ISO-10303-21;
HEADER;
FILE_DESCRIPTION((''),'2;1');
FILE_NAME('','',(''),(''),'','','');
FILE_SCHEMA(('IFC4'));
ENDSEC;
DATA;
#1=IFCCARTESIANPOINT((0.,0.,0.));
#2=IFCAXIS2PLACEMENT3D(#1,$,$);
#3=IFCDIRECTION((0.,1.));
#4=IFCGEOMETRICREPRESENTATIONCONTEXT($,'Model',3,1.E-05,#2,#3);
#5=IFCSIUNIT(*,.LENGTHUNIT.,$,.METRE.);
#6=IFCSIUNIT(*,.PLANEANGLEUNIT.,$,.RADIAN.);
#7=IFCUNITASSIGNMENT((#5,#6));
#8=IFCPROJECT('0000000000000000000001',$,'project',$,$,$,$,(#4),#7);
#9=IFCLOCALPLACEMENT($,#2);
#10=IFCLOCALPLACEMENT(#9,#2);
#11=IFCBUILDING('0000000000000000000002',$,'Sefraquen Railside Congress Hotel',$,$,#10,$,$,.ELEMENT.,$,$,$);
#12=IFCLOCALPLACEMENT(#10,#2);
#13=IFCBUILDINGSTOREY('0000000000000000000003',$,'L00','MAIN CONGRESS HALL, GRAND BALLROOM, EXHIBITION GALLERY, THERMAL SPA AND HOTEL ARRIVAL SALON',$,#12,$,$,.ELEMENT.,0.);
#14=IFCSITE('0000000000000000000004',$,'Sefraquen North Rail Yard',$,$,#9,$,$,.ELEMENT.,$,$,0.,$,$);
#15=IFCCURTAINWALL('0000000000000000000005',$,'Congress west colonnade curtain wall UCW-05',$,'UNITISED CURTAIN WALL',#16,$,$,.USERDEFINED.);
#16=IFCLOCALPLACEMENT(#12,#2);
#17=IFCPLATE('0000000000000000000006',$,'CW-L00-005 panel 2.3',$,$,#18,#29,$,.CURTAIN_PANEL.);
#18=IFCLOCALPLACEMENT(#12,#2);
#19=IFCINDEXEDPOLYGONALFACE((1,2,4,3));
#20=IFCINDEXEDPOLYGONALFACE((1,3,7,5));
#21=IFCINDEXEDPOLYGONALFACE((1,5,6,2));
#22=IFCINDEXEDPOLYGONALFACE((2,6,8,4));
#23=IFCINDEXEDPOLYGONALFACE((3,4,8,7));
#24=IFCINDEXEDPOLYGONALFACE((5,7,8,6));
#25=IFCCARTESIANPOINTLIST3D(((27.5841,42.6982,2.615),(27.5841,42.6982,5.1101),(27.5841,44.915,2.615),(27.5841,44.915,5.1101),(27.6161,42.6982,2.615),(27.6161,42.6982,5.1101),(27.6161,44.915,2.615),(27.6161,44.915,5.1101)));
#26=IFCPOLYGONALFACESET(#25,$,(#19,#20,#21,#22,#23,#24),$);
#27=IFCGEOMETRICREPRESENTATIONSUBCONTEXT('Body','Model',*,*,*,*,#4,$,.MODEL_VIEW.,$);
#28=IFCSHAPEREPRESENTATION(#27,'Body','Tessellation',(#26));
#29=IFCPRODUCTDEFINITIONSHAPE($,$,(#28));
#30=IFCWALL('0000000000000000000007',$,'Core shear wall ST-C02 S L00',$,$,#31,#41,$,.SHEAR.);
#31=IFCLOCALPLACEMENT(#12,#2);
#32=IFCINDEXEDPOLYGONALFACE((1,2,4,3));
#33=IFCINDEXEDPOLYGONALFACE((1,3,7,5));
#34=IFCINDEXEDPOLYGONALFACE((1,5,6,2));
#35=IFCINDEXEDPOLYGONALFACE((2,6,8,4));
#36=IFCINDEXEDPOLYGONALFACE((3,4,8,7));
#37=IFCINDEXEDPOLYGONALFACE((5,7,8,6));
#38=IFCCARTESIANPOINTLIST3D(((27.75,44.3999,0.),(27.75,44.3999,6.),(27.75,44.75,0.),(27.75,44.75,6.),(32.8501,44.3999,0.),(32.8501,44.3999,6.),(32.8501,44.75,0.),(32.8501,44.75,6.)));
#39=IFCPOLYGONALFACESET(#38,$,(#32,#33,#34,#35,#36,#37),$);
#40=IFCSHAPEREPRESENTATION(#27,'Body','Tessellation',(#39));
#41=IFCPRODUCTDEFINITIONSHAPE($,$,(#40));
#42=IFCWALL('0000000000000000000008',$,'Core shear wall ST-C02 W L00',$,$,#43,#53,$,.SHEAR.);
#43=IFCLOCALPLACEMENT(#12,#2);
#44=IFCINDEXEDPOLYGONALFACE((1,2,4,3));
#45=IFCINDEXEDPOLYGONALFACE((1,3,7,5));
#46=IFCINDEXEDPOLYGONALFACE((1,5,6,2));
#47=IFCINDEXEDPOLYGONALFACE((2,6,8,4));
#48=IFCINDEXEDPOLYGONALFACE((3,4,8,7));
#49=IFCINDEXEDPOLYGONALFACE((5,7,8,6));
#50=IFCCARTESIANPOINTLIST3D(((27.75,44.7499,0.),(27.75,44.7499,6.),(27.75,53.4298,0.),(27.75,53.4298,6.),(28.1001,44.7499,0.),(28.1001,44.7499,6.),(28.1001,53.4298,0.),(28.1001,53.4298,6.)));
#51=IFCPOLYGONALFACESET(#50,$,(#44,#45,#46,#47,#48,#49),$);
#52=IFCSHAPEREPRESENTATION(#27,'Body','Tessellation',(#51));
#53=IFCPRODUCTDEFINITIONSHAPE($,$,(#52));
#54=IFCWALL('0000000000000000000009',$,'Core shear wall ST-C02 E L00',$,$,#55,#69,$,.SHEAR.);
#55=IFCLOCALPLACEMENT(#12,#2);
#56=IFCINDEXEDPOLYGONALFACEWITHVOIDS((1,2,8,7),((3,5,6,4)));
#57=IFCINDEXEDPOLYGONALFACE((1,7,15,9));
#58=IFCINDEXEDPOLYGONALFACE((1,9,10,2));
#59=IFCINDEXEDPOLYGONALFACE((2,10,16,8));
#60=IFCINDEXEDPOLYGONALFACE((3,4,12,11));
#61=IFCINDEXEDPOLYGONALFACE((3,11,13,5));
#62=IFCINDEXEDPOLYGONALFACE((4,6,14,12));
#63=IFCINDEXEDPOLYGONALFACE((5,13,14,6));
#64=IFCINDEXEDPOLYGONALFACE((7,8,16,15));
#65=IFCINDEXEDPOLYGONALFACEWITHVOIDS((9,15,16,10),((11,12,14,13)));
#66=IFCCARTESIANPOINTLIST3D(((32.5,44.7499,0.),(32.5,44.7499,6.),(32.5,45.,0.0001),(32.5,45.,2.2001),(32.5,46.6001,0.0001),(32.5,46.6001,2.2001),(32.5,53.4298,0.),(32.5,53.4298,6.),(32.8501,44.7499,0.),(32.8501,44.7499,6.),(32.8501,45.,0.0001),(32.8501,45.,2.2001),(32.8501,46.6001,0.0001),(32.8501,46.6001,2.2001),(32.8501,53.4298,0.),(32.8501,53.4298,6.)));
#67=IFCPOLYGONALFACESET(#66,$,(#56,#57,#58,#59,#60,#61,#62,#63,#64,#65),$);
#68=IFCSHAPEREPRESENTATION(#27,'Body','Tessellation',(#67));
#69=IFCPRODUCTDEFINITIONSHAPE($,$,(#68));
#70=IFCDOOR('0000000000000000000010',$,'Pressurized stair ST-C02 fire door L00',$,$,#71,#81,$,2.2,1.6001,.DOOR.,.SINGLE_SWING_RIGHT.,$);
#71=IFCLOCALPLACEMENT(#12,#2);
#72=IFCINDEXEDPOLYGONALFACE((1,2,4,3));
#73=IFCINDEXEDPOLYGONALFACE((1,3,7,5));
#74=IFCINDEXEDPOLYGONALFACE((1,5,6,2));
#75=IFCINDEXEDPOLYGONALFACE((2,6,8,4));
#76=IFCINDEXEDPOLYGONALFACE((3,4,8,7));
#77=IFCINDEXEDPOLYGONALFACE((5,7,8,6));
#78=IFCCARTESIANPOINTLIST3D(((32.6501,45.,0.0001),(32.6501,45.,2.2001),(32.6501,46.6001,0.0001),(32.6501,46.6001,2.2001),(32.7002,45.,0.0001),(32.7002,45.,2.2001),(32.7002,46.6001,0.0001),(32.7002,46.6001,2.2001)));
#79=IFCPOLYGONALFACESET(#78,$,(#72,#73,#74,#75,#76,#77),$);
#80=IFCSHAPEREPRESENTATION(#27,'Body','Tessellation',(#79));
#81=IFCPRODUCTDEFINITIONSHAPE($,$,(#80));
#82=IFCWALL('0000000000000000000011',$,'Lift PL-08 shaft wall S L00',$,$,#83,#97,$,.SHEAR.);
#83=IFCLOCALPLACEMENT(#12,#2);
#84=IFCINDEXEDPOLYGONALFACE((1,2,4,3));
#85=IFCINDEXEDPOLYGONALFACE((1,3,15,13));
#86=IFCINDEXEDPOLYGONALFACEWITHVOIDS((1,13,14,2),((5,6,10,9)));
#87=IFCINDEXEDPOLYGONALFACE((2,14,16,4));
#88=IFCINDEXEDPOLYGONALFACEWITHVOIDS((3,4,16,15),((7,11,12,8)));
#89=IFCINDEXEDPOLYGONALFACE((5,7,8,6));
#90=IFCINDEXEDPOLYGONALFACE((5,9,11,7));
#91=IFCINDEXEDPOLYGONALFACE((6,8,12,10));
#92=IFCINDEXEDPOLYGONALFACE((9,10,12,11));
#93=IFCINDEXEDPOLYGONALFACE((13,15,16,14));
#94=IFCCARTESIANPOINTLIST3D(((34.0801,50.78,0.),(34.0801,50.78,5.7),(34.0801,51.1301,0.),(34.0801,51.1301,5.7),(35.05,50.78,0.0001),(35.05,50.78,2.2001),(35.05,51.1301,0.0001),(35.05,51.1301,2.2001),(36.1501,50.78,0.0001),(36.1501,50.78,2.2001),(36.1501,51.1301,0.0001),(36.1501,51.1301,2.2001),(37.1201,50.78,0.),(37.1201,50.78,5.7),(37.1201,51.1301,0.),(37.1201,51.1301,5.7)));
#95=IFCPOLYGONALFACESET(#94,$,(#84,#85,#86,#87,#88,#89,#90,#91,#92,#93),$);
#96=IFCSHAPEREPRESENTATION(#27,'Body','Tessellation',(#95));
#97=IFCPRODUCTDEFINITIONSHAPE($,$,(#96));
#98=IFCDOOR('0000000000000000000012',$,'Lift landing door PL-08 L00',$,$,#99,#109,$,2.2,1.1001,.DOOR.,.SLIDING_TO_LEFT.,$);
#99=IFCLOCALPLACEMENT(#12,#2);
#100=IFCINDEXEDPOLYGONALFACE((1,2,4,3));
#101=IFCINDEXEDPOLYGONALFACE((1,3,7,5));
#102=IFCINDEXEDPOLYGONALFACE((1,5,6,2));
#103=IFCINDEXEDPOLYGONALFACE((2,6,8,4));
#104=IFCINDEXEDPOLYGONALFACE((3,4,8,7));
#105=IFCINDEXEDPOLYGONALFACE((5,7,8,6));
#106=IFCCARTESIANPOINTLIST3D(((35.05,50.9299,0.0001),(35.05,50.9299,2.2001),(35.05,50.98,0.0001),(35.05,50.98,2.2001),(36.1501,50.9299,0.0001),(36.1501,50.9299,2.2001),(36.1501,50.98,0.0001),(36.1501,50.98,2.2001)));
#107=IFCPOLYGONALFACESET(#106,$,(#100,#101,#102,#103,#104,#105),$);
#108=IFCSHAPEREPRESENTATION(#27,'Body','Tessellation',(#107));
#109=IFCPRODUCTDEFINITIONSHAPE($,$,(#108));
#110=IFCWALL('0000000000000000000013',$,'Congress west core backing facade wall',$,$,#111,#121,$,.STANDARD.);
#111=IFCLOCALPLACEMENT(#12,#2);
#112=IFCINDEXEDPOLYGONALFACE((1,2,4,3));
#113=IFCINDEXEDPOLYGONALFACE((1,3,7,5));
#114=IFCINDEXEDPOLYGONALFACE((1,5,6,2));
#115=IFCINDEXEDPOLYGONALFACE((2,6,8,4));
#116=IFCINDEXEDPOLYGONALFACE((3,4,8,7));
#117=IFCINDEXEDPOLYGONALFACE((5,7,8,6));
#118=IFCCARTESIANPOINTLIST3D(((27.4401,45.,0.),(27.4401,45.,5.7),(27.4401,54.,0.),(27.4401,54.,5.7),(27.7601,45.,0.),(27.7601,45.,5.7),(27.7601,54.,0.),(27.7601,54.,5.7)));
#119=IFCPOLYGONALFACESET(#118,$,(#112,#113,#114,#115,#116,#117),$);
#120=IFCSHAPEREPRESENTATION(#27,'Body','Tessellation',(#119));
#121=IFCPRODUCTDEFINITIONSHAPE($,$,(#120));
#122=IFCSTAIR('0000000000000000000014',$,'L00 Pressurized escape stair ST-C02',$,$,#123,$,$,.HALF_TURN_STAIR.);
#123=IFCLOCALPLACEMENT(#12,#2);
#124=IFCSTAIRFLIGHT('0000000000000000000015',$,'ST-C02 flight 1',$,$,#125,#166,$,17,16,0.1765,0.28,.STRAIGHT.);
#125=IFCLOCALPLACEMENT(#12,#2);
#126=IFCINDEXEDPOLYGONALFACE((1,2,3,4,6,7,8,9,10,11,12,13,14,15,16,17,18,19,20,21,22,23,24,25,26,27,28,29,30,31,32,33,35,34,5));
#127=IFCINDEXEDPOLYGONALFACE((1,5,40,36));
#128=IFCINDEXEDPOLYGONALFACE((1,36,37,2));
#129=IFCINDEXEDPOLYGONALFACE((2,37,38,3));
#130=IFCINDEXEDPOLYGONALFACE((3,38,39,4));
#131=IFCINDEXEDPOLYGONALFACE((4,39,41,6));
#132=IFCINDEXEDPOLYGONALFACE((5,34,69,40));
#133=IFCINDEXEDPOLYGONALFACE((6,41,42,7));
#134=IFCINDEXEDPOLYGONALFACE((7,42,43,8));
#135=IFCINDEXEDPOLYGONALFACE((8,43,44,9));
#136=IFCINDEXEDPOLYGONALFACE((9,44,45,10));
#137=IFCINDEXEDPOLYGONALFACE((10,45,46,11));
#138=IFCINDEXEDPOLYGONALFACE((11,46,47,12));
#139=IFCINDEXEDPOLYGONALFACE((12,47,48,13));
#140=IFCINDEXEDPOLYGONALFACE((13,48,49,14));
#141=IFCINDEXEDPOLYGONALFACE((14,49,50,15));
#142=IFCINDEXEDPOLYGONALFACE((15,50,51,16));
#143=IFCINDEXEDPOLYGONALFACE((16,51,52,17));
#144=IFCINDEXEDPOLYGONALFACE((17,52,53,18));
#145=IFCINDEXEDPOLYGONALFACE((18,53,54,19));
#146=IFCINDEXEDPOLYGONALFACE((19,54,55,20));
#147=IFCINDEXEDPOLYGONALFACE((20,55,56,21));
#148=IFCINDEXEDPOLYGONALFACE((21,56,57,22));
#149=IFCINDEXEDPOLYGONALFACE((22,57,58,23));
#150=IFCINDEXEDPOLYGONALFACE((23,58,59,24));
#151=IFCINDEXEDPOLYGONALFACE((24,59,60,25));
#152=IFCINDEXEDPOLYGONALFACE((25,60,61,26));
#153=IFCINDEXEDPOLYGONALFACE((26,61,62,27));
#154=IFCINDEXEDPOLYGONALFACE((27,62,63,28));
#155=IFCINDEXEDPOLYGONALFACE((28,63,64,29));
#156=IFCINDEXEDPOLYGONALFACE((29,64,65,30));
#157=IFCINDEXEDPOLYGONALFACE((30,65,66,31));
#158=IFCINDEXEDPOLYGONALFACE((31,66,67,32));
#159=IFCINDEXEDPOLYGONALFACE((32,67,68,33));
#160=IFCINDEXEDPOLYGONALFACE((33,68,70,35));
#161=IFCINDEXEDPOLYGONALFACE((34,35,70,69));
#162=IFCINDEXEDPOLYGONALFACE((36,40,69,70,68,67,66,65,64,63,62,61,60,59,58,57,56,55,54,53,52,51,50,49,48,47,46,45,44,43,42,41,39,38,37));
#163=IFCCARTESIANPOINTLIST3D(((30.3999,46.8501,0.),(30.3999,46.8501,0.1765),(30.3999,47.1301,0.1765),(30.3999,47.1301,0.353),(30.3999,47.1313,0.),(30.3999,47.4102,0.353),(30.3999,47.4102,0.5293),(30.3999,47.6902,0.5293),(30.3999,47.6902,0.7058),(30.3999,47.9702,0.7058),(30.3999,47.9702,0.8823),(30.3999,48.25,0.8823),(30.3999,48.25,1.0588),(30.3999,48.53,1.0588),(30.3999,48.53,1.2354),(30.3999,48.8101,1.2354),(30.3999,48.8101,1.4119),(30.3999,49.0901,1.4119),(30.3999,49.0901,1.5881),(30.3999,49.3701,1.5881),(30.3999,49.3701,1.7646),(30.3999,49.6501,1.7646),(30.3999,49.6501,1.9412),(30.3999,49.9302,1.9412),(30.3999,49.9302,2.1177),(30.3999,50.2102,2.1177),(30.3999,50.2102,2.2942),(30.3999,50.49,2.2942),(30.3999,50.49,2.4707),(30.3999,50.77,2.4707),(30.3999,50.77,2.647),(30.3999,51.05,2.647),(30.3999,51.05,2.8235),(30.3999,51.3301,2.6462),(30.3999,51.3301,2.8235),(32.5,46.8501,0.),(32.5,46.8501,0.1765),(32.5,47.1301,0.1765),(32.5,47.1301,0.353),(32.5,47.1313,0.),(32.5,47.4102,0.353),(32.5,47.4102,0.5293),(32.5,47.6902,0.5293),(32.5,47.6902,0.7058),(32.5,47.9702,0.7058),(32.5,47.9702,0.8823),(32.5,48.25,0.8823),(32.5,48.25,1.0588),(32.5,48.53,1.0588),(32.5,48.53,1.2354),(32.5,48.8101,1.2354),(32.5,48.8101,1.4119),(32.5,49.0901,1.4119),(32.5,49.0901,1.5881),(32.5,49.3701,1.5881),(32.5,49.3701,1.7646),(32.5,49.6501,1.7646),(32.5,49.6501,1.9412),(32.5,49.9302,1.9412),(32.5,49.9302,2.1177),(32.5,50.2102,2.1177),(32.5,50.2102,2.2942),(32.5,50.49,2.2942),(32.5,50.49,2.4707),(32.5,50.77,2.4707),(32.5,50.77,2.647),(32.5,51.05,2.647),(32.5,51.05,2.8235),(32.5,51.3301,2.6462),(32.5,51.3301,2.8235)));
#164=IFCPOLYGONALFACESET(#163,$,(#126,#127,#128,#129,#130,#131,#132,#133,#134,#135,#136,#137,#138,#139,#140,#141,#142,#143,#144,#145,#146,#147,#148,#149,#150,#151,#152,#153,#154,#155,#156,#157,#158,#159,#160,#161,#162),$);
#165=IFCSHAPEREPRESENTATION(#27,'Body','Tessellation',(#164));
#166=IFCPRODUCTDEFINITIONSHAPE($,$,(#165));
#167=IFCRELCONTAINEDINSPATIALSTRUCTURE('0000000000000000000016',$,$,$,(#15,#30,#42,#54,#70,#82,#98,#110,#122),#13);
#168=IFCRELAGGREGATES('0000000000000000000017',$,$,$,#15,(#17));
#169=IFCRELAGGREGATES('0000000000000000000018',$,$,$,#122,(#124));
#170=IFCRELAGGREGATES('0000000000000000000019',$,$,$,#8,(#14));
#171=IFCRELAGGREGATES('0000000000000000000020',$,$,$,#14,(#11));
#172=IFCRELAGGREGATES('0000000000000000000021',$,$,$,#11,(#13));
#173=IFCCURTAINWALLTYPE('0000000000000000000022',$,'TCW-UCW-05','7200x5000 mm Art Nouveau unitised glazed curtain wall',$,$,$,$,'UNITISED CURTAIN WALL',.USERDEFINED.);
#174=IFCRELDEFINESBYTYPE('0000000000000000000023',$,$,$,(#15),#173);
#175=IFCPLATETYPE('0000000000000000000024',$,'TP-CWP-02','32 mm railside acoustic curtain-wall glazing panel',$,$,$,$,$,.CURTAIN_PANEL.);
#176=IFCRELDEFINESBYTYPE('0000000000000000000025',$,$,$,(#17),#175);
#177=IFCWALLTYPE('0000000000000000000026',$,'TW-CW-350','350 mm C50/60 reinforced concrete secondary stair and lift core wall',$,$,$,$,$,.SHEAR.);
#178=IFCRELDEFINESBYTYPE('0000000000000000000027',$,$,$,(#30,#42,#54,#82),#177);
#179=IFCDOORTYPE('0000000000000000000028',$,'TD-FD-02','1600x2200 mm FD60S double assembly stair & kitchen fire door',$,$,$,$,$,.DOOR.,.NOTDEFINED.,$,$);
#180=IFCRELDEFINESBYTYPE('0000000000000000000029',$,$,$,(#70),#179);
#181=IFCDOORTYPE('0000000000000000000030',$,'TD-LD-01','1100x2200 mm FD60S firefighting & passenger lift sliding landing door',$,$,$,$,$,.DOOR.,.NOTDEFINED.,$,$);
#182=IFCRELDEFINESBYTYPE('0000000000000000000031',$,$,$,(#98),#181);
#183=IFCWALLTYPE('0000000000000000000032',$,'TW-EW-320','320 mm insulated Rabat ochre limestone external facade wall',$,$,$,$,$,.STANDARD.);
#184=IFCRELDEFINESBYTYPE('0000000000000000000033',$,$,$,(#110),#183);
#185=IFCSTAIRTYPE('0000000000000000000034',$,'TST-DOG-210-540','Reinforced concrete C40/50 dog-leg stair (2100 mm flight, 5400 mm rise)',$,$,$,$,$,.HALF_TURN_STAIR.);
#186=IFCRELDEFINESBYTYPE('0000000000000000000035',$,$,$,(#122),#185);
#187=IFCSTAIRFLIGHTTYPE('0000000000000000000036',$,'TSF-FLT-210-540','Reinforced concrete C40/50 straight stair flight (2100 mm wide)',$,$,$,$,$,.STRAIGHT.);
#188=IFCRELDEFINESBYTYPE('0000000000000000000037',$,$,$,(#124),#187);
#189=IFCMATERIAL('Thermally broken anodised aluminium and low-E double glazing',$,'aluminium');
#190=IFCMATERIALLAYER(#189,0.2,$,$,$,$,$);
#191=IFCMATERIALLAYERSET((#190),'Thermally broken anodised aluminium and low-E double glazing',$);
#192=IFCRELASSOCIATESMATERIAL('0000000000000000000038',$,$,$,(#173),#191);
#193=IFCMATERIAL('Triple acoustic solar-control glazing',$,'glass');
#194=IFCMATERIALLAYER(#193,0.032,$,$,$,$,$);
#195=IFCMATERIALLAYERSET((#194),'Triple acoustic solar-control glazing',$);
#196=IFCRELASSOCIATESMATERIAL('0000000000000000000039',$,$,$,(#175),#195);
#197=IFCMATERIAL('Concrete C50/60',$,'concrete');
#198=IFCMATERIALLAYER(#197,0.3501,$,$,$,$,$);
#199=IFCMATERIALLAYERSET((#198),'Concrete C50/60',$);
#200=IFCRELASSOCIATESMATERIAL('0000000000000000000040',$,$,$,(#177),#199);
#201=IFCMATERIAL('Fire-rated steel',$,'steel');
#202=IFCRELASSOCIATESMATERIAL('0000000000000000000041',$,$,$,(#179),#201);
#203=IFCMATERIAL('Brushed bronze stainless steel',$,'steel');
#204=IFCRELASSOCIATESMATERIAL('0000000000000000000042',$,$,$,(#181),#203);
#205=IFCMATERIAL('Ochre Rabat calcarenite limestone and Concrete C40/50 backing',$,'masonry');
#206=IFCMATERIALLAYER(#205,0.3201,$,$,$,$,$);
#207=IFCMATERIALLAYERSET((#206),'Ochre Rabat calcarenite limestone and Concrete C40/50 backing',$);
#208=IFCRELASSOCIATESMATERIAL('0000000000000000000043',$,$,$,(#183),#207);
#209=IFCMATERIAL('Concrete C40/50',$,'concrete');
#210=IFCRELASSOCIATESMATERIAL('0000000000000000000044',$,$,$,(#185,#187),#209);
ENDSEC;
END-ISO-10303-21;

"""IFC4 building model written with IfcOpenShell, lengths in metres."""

from ifc_helpers import new_model, si_unit, direction, frame, frame_2d, origin, origin_2d, place, context, subcontext, project, spatial, polyline, rectangle, outline, extrude, material, layer, layer_set, type_object, element, fill, aggregate, save


model = new_model("IFC4")

# Units and contexts
model_context = context("Model", 3, precision=1e-05, world=origin(), true_north=direction((0.0, 1.0)))
body_context = subcontext(model_context, "Body", "Model", "MODEL_VIEW")
ifc_project = project(units=[si_unit("LENGTHUNIT", "METRE"), si_unit("PLANEANGLEUNIT", "RADIAN")], contexts=[model_context])

# Site, building, storey
site_placement = place(None, origin())
site = spatial("IfcSite", under=ifc_project, at=site_placement, Name="Sefraquen North Rail Yard", CompositionType="ELEMENT", RefElevation=0.0)
building_placement = place(site_placement, origin())
building = spatial("IfcBuilding", under=site, at=building_placement, Name="Sefraquen Railside Congress Hotel", CompositionType="ELEMENT")
storey_placement = place(building_placement, origin())
storey = spatial("IfcBuildingStorey", under=building, at=storey_placement, Name="L00", Description="MAIN CONGRESS HALL, GRAND BALLROOM, EXHIBITION GALLERY, THERMAL SPA AND HOTEL ARRIVAL SALON", CompositionType="ELEMENT", Elevation=0.0)

# Curtain wall, plate
ifc_material_1 = material(Name="Thermally broken anodised aluminium and low-E double glazing", Category="aluminium")
ifc_layer_1 = layer(ifc_material_1, 0.2)
ifc_layer_set_1 = layer_set([ifc_layer_1], Name="Thermally broken anodised aluminium and low-E double glazing")
curtain_wall_type = type_object("IfcCurtainWallType", Name="TCW-UCW-05", Description="7200x5000 mm Art Nouveau unitised glazed curtain wall", ElementType="UNITISED CURTAIN WALL", PredefinedType="USERDEFINED", material=ifc_layer_set_1)
curtain_wall_placement = place(storey_placement, origin())
curtain_wall = element("IfcCurtainWall", 1, at=curtain_wall_placement, inside=storey, type_object=curtain_wall_type, Name="Congress west colonnade curtain wall UCW-05", ObjectType="UNITISED CURTAIN WALL", PredefinedType="USERDEFINED")
ifc_material_2 = material(Name="Triple acoustic solar-control glazing", Category="glass")
ifc_layer_2 = layer(ifc_material_2, 0.032)
ifc_layer_set_2 = layer_set([ifc_layer_2], Name="Triple acoustic solar-control glazing")
plate_type_1 = type_object("IfcPlateType", Name="TP-CWP-02", Description="32 mm railside acoustic curtain-wall glazing panel", PredefinedType="CURTAIN_PANEL", material=ifc_layer_set_2)
plate_1_placement = place(storey_placement, frame((27.6001, 43.8066, 2.615), z_axis=(0.0, 0.0, 1.0), x_axis=(0.0, 1.0, 0.0)))
plate_1 = element("IfcPlate", 2, at=plate_1_placement, type_object=plate_type_1, Name="CW-L00-005 panel 2.3", PredefinedType="CURTAIN_PANEL", context=body_context, shape_type="SweptSolid", body=[
    extrude(rectangle(XDim=2.2168, YDim=0.032, at=origin_2d()), origin(), (0.0, 0.0, 1.0), 2.4951),
])
aggregate(curtain_wall, [plate_1])

# Walls
ifc_material_3 = material(Name="Concrete C50/60", Category="concrete")
ifc_layer_3 = layer(ifc_material_3, 0.3501)
ifc_layer_set_3 = layer_set([ifc_layer_3], Name="Concrete C50/60")
wall_type_1 = type_object("IfcWallType", Name="TW-CW-350", Description="350 mm C50/60 reinforced concrete secondary stair and lift core wall", PredefinedType="SHEAR", material=ifc_layer_set_3)
wall_1_placement = place(storey_placement, frame((27.75, 44.575, 0.0), z_axis=(0.0, 0.0, 1.0), x_axis=(1.0, 0.0, 0.0)))
element("IfcWall", 3, at=wall_1_placement, inside=storey, type_object=wall_type_1, Name="Core shear wall ST-C02 S L00", PredefinedType="SHEAR", context=body_context, shape_type="SweptSolid", body=[
    extrude(rectangle(XDim=5.1001, YDim=0.3501, at=frame_2d((2.55, 0.0))), origin(), (0.0, 0.0, 1.0), 6.0),
])
wall_2_placement = place(storey_placement, frame((27.925, 44.75, 0.0), z_axis=(0.0, 0.0, 1.0), x_axis=(0.0, 1.0, 0.0)))
element("IfcWall", 4, at=wall_2_placement, inside=storey, type_object=wall_type_1, Name="Core shear wall ST-C02 W L00", PredefinedType="SHEAR", context=body_context, shape_type="SweptSolid", body=[
    extrude(rectangle(XDim=8.6799, YDim=0.3501, at=frame_2d((4.3398, 0.0))), origin(), (0.0, 0.0, 1.0), 6.0),
])

# Walls, openings, doors
wall_3_placement = place(storey_placement, frame((32.675, 44.75, 0.0), z_axis=(0.0, 0.0, 1.0), x_axis=(0.0, 1.0, 0.0)))
wall_3 = element("IfcWall", 5, at=wall_3_placement, inside=storey, type_object=wall_type_1, Name="Core shear wall ST-C02 E L00", PredefinedType="SHEAR", context=body_context, shape_type="SweptSolid", body=[
    extrude(rectangle(XDim=8.6799, YDim=0.3501, at=frame_2d((4.3398, 0.0))), origin(), (0.0, 0.0, 1.0), 6.0),
])
opening_1_placement = place(wall_3_placement, frame((0.25, 0.0, 0.0)))
opening_1 = element("IfcOpeningElement", 6, at=opening_1_placement, cuts=wall_3, PredefinedType="OPENING", context=body_context, shape_type="SweptSolid", body=[
    extrude(rectangle(XDim=1.6001, YDim=2.2, at=frame_2d((0.8, 1.1001))), frame((0.0, 0.1851, 0.0), z_axis=(0.0, -1.0, 0.0), x_axis=(1.0, 0.0, 0.0)), (0.0, 0.0, 1.0), 0.3701),
])
ifc_material_4 = material(Name="Fire-rated steel", Category="steel")
door_type_1 = type_object("IfcDoorType", Name="TD-FD-02", Description="1600x2200 mm FD60S double assembly stair & kitchen fire door", OperationType="NOTDEFINED", PredefinedType="DOOR", material=ifc_material_4)
door_1_placement = place(opening_1_placement, origin())
door_1 = element("IfcDoor", 7, at=door_1_placement, inside=storey, type_object=door_type_1, Name="Pressurized stair ST-C02 fire door L00", OperationType="SINGLE_SWING_RIGHT", OverallHeight=2.2, OverallWidth=1.6001, PredefinedType="DOOR", context=body_context, shape_type="SweptSolid", body=[
    extrude(rectangle(XDim=1.6001, YDim=2.2, at=frame_2d((0.8, 1.1001))), frame((0.0, 0.0249, 0.0), z_axis=(0.0, -1.0, 0.0), x_axis=(1.0, 0.0, 0.0)), (0.0, 0.0, 1.0), 0.05),
])
fill(opening_1, door_1)
wall_4_placement = place(storey_placement, frame((34.0801, 50.9551, 0.0), z_axis=(0.0, 0.0, 1.0), x_axis=(1.0, 0.0, 0.0)))
wall_4 = element("IfcWall", 8, at=wall_4_placement, inside=storey, type_object=wall_type_1, Name="Lift PL-08 shaft wall S L00", PredefinedType="SHEAR", context=body_context, shape_type="SweptSolid", body=[
    extrude(rectangle(XDim=3.04, YDim=0.3501, at=frame_2d((1.52, 0.0))), origin(), (0.0, 0.0, 1.0), 5.7),
])
opening_2_placement = place(wall_4_placement, frame((0.97, 0.0, 0.0)))
opening_2 = element("IfcOpeningElement", 9, at=opening_2_placement, cuts=wall_4, PredefinedType="OPENING", context=body_context, shape_type="SweptSolid", body=[
    extrude(rectangle(XDim=1.1001, YDim=2.2, at=frame_2d((0.55, 1.1001))), frame((0.0, 0.1851, 0.0), z_axis=(0.0, -1.0, 0.0), x_axis=(1.0, 0.0, 0.0)), (0.0, 0.0, 1.0), 0.3701),
])
ifc_material_5 = material(Name="Brushed bronze stainless steel", Category="steel")
door_type_2 = type_object("IfcDoorType", Name="TD-LD-01", Description="1100x2200 mm FD60S firefighting & passenger lift sliding landing door", OperationType="NOTDEFINED", PredefinedType="DOOR", material=ifc_material_5)
door_2_placement = place(opening_2_placement, origin())
door_2 = element("IfcDoor", 10, at=door_2_placement, inside=storey, type_object=door_type_2, Name="Lift landing door PL-08 L00", OperationType="SLIDING_TO_LEFT", OverallHeight=2.2, OverallWidth=1.1001, PredefinedType="DOOR", context=body_context, shape_type="SweptSolid", body=[
    extrude(rectangle(XDim=1.1001, YDim=2.2, at=frame_2d((0.55, 1.1001))), frame((0.0, 0.0249, 0.0), z_axis=(0.0, -1.0, 0.0), x_axis=(1.0, 0.0, 0.0)), (0.0, 0.0, 1.0), 0.05),
])
fill(opening_2, door_2)

# Wall
ifc_material_6 = material(Name="Ochre Rabat calcarenite limestone and Concrete C40/50 backing", Category="masonry")
ifc_layer_4 = layer(ifc_material_6, 0.3201)
ifc_layer_set_4 = layer_set([ifc_layer_4], Name="Ochre Rabat calcarenite limestone and Concrete C40/50 backing")
wall_type_2 = type_object("IfcWallType", Name="TW-EW-320", Description="320 mm insulated Rabat ochre limestone external facade wall", PredefinedType="STANDARD", material=ifc_layer_set_4)
wall_5_placement = place(storey_placement, frame((27.6001, 45.0, 0.0), z_axis=(0.0, 0.0, 1.0), x_axis=(0.0, 1.0, 0.0)))
element("IfcWall", 11, at=wall_5_placement, inside=storey, type_object=wall_type_2, Name="Congress west core backing facade wall", PredefinedType="STANDARD", context=body_context, shape_type="SweptSolid", body=[
    extrude(rectangle(XDim=9.0, YDim=0.3201, at=frame_2d((4.5, 0.0))), origin(), (0.0, 0.0, 1.0), 5.7),
])

# Stair, stair flight
ifc_material_7 = material(Name="Concrete C40/50", Category="concrete")
stair_type = type_object("IfcStairType", Name="TST-DOG-210-540", Description="Reinforced concrete C40/50 dog-leg stair (2100 mm flight, 5400 mm rise)", PredefinedType="HALF_TURN_STAIR", material=ifc_material_7)
stair_placement = place(storey_placement, origin())
stair = element("IfcStair", 12, at=stair_placement, inside=storey, type_object=stair_type, Name="L00 Pressurized escape stair ST-C02", PredefinedType="HALF_TURN_STAIR")
stair_flight_type = type_object("IfcStairFlightType", Name="TSF-FLT-210-540", Description="Reinforced concrete C40/50 straight stair flight (2100 mm wide)", PredefinedType="STRAIGHT", material=ifc_material_7)
stair_flight_placement = place(storey_placement, frame((31.45, 46.8501, 0.0), z_axis=(0.0, 0.0, 1.0), x_axis=(0.0, 1.0, 0.0)))
stair_flight = element("IfcStairFlight", 13, at=stair_flight_placement, type_object=stair_flight_type, Name="ST-C02 flight 1", NumberOfRisers=17, NumberOfTreads=16, PredefinedType="STRAIGHT", RiserHeight=0.1765, TreadLength=0.28, context=body_context, shape_type="SweptSolid", body=[
    extrude(outline(polyline([(0.0, 0.0), (0.0, 0.1765), (0.28, 0.1765), (0.28, 0.353), (0.5601, 0.353), (0.5601, 0.5293), (0.8401, 0.5293), (0.8401, 0.7058), (1.1201, 0.7058), (1.1201, 0.8823), (1.3999, 0.8823), (1.3999, 1.0588), (1.6799, 1.0588), (1.6799, 1.2354), (1.96, 1.2354), (1.96, 1.4119), (2.24, 1.4119), (2.24, 1.5881), (2.52, 1.5881), (2.52, 1.7646), (2.8, 1.7646), (2.8, 1.9412), (3.0801, 1.9412), (3.0801, 2.1177), (3.3601, 2.1177), (3.3601, 2.2942), (3.6399, 2.2942), (3.6399, 2.4707), (3.9199, 2.4707), (3.9199, 2.647), (4.2, 2.647), (4.2, 2.8235), (4.48, 2.8235), (4.48, 3.0), (4.48, 2.6462), (0.2812, 0.0), (0.0, 0.0)])), frame((0.0, 1.05, 0.0), z_axis=(0.0, -1.0, 0.0), x_axis=(1.0, 0.0, 0.0)), (0.0, 0.0, 1.0), 2.1001),
])
aggregate(stair, [stair_flight])

save(model, "model.ifc")
